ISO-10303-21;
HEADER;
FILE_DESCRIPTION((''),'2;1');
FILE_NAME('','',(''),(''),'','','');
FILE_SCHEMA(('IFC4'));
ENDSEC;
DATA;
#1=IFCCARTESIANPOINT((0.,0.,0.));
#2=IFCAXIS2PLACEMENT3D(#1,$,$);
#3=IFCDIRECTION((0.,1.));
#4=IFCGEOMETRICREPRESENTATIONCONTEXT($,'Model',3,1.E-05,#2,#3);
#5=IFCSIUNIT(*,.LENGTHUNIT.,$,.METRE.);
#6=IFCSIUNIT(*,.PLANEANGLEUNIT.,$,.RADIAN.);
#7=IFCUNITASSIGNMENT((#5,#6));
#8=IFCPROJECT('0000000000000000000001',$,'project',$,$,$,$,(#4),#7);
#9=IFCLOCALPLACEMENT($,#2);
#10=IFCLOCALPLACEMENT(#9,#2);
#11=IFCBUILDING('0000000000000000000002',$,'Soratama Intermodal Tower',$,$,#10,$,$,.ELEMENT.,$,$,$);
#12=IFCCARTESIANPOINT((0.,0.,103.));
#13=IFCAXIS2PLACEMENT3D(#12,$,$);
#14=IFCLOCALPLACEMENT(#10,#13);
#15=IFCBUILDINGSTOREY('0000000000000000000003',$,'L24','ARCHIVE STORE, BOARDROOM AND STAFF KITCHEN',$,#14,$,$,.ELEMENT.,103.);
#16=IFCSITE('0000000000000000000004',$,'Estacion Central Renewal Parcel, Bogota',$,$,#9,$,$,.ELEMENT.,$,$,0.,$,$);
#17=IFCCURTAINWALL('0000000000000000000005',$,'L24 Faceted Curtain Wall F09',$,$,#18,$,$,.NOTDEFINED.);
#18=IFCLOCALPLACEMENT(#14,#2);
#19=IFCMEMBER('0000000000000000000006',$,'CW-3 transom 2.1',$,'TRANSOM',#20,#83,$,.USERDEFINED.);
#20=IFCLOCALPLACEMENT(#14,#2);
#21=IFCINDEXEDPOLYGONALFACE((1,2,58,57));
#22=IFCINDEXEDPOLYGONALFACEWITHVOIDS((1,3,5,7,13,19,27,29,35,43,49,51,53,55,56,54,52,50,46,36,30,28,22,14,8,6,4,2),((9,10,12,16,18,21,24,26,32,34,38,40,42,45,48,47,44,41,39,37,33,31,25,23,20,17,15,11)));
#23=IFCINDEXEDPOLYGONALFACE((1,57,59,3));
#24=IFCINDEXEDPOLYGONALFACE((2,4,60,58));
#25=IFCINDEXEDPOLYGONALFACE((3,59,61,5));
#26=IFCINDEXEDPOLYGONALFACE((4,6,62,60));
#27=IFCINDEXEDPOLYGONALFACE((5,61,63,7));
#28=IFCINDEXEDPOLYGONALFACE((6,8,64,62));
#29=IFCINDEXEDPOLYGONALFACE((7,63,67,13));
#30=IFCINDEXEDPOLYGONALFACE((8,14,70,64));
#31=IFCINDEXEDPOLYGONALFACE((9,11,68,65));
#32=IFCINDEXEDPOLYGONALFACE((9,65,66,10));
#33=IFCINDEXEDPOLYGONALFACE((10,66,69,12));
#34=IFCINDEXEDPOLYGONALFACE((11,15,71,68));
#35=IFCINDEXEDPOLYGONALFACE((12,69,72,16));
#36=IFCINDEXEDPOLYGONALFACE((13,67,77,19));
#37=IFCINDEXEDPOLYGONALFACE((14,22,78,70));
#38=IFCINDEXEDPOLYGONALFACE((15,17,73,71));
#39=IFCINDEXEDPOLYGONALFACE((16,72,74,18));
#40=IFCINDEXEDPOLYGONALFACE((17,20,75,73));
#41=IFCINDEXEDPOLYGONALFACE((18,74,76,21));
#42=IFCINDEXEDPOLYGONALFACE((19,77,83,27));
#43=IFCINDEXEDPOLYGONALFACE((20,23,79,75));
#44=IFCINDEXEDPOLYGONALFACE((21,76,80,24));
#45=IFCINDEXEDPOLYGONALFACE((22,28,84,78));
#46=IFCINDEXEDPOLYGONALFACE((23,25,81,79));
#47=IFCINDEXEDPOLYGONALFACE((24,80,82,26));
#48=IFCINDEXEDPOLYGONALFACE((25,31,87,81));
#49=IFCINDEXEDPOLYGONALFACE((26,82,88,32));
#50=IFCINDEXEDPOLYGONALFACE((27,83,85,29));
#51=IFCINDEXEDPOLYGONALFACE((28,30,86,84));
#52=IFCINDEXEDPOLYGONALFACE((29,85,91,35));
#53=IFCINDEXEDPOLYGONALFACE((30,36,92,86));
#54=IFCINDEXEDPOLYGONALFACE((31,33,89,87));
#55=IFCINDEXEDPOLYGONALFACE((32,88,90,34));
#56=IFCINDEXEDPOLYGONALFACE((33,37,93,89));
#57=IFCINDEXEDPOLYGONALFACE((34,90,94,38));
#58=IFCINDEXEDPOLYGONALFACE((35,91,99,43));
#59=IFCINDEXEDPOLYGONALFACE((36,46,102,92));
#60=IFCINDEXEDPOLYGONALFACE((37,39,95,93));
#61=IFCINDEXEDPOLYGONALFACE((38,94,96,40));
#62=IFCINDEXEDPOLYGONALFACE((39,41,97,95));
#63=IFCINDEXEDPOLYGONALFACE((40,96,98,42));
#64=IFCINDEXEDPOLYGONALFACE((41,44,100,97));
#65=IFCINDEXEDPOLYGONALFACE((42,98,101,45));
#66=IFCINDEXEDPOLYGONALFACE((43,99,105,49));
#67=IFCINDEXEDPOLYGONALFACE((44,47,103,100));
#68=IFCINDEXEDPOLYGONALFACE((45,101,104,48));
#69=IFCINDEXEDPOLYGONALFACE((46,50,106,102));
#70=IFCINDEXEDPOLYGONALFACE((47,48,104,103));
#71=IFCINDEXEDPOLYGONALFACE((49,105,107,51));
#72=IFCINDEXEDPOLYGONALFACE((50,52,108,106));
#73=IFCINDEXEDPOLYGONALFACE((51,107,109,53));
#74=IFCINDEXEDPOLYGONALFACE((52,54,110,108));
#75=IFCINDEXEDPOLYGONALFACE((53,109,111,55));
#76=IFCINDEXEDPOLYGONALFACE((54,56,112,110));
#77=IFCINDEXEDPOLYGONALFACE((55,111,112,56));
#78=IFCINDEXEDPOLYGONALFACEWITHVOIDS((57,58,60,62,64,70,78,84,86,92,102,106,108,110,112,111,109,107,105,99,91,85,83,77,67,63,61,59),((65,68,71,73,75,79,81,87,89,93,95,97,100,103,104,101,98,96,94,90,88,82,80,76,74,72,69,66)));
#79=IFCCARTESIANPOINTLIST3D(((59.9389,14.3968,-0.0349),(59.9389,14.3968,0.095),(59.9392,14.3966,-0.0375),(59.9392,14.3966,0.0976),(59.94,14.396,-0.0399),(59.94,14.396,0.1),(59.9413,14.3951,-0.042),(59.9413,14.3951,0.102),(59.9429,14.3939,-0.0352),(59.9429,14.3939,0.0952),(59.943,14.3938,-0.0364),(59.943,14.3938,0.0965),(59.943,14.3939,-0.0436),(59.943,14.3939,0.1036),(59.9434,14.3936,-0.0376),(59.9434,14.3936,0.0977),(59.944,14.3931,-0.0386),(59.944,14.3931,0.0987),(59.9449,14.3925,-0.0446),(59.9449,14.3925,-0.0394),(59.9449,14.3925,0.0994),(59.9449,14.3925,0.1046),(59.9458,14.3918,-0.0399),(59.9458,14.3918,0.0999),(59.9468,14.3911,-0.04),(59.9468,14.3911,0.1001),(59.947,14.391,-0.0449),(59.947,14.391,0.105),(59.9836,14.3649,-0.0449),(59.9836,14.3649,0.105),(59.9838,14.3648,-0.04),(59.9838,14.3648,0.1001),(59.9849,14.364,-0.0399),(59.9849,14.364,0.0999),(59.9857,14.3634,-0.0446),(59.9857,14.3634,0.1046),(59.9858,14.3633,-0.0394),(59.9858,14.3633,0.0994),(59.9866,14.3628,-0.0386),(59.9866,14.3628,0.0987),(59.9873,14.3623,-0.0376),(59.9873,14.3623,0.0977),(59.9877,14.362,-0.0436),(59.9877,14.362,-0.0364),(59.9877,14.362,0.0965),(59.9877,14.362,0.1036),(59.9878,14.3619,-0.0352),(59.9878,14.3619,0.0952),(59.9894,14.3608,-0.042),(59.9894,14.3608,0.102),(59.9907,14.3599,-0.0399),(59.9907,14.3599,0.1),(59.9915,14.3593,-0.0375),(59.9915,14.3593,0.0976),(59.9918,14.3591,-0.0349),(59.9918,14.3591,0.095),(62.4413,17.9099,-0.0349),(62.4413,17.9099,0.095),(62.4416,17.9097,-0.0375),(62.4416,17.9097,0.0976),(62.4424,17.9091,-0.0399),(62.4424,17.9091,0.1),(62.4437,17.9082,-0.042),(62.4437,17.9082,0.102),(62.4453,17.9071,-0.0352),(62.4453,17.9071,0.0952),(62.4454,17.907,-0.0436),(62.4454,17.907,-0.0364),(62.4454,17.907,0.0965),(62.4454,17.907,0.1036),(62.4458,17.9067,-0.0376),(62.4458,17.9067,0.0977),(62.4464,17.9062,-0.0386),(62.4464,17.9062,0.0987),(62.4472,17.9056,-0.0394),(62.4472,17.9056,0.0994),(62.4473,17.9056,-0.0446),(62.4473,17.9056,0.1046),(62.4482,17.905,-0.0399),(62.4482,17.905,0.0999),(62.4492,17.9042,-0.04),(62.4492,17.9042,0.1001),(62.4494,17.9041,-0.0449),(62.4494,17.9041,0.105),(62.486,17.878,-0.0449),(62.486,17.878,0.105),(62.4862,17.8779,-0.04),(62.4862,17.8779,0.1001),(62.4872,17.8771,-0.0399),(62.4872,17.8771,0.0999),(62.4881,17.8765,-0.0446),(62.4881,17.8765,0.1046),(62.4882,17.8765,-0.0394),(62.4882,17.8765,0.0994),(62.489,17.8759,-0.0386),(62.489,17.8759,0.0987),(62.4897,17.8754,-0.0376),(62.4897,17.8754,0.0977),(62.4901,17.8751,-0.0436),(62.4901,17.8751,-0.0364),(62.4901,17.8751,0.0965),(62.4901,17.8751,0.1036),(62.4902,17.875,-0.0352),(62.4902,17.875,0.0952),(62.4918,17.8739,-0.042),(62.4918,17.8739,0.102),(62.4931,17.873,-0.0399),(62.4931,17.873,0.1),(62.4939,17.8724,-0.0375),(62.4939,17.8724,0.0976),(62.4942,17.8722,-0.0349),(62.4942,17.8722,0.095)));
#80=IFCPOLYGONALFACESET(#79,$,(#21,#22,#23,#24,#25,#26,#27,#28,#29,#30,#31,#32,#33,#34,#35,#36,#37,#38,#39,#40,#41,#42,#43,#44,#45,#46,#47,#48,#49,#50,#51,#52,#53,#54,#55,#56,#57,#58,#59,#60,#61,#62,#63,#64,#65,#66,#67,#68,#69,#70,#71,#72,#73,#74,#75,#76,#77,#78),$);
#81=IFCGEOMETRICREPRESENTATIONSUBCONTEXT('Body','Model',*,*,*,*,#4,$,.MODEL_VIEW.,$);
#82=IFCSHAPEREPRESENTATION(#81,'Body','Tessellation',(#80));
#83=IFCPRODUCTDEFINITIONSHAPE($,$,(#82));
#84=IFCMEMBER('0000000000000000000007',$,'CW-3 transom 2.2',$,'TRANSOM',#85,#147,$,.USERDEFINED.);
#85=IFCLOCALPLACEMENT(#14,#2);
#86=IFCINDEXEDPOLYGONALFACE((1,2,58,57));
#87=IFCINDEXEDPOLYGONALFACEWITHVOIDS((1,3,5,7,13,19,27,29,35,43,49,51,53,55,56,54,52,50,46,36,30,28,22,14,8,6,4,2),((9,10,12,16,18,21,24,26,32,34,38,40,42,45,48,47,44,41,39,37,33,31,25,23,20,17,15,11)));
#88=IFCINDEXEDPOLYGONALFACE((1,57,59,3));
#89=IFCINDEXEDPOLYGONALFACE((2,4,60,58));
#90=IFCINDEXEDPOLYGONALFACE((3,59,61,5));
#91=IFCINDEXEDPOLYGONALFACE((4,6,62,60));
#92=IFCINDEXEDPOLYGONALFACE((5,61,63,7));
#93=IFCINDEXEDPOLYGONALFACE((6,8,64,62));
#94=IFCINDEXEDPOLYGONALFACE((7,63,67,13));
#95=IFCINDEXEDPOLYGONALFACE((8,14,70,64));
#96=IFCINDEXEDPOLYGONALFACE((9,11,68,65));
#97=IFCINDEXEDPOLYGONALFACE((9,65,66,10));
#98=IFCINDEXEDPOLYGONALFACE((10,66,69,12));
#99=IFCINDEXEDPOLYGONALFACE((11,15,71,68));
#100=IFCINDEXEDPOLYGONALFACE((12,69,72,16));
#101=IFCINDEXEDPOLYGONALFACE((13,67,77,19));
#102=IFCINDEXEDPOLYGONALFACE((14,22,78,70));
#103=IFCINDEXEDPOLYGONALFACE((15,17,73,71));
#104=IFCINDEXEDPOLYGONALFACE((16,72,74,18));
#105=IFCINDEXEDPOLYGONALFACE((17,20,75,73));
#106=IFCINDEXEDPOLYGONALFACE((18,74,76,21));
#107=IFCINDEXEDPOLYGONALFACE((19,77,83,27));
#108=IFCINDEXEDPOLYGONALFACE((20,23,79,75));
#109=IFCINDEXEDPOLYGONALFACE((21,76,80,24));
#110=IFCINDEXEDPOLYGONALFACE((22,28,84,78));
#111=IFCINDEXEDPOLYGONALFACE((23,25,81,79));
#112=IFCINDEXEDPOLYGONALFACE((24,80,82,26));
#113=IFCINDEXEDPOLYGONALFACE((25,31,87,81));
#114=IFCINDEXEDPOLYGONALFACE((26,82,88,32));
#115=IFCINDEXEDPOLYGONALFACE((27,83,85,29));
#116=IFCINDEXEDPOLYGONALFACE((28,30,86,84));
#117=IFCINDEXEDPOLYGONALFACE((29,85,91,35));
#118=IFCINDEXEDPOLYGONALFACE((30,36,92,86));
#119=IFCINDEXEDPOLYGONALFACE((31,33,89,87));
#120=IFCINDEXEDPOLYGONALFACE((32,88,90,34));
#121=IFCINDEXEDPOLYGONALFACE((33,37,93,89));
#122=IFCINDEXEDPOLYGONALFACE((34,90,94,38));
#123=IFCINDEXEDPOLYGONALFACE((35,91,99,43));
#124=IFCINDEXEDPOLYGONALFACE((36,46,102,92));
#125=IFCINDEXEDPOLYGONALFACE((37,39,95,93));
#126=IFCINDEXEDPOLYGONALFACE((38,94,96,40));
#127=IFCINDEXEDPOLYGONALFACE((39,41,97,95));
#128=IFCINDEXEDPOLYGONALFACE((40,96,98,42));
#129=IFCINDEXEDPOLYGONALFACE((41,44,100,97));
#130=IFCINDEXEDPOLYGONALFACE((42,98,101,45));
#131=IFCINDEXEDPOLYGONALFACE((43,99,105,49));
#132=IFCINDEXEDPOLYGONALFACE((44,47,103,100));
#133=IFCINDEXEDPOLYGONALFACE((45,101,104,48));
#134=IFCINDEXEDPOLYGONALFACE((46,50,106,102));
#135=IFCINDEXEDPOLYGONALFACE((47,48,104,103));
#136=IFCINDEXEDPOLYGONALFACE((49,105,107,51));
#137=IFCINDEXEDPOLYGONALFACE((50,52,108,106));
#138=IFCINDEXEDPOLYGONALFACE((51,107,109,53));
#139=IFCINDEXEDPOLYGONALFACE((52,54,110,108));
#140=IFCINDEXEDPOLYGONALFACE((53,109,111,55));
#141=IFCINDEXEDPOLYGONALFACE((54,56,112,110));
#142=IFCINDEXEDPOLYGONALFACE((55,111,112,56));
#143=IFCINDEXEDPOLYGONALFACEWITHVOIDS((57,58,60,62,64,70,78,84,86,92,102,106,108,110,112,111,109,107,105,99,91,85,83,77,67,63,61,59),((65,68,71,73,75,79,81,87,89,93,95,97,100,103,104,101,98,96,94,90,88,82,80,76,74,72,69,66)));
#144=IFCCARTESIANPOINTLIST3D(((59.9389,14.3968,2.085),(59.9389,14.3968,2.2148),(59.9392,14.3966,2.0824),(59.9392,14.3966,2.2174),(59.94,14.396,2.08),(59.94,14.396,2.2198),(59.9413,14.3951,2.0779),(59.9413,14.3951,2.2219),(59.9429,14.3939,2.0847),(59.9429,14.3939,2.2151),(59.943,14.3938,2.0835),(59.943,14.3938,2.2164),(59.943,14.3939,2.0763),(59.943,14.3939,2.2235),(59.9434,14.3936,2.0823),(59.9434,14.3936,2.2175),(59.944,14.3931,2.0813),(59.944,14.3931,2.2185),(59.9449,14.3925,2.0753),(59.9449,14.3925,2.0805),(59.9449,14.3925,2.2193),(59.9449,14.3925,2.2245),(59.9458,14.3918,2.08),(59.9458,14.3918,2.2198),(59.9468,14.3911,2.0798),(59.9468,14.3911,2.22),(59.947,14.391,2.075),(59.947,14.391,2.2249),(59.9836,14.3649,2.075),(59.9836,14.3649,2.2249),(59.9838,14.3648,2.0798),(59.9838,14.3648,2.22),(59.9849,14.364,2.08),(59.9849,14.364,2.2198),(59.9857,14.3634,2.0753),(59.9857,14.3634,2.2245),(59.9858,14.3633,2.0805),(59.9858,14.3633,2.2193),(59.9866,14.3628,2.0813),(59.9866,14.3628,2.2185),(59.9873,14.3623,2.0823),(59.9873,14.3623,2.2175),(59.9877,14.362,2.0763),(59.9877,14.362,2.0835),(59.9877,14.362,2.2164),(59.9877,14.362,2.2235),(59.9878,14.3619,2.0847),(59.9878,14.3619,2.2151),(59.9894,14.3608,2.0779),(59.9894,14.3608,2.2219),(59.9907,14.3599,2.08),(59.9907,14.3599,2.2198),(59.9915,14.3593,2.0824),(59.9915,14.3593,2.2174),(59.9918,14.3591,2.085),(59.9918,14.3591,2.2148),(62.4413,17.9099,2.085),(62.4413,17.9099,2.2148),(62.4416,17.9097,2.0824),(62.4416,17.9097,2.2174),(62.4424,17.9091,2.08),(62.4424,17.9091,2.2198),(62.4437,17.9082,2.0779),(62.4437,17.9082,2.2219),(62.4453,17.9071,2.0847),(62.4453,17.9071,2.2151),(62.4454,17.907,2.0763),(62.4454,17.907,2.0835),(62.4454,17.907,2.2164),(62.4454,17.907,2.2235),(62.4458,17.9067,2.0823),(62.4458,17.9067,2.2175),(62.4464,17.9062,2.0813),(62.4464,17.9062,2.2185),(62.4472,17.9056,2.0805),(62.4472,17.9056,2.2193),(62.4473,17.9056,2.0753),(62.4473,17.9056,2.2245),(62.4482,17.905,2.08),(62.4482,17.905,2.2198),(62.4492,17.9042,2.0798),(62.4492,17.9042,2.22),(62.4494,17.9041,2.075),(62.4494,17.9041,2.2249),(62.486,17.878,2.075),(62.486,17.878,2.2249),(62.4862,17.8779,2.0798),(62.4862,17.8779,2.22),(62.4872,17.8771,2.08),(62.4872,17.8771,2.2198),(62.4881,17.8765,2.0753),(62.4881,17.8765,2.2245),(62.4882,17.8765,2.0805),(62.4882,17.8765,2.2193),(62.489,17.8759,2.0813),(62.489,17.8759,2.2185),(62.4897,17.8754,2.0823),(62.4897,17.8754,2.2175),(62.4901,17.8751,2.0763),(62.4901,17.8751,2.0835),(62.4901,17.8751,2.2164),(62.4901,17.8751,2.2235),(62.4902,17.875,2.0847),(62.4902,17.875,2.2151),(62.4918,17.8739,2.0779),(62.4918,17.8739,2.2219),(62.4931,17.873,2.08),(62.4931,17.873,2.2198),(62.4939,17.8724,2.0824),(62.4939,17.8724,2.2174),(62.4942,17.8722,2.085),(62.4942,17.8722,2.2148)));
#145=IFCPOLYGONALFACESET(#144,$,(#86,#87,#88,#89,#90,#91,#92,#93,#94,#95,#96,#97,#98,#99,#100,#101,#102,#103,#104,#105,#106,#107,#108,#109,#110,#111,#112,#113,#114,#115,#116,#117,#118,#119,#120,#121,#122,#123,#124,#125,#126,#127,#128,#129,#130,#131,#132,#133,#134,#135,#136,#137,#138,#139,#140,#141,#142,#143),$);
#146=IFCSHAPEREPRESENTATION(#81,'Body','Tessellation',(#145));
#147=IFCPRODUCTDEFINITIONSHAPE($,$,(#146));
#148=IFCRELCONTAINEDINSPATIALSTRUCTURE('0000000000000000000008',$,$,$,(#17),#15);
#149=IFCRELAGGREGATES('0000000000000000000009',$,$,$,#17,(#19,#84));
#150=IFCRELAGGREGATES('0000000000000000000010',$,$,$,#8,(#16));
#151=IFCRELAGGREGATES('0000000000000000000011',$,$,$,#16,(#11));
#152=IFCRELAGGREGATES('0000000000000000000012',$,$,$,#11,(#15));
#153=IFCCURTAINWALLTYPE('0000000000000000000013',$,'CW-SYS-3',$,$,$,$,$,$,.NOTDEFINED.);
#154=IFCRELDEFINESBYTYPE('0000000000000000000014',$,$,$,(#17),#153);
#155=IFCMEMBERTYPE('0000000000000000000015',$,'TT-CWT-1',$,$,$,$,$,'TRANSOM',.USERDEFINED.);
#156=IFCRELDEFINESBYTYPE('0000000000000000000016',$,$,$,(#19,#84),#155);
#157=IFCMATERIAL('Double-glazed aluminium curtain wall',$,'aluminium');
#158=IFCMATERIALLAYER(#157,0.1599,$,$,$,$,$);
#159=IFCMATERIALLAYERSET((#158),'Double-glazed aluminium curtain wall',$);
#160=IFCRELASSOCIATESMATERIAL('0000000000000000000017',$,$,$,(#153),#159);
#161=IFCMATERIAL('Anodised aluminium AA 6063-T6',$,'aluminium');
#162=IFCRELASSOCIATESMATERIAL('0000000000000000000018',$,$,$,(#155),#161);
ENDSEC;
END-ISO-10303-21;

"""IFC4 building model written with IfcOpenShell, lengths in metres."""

from ifc_helpers import new_model, si_unit, direction, frame, origin, origin_2d, place, context, subcontext, project, spatial, hollow_rectangle, extrude, material, layer, layer_set, material_profile, profile_set, type_object, element, aggregate, save


model = new_model("IFC4")

# Units and contexts
model_context = context("Model", 3, precision=1e-05, world=origin(), true_north=direction((0.0, 1.0)))
body_context = subcontext(model_context, "Body", "Model", "MODEL_VIEW")
ifc_project = project(units=[si_unit("LENGTHUNIT", "METRE"), si_unit("PLANEANGLEUNIT", "RADIAN")], contexts=[model_context])

# Site, building, storey
site_placement = place(None, origin())
site = spatial("IfcSite", under=ifc_project, at=site_placement, Name="Estacion Central Renewal Parcel, Bogota", CompositionType="ELEMENT", RefElevation=0.0)
building_placement = place(site_placement, origin())
building = spatial("IfcBuilding", under=site, at=building_placement, Name="Soratama Intermodal Tower", CompositionType="ELEMENT")
storey_placement = place(building_placement, frame((0.0, 0.0, 103.0)))
storey = spatial("IfcBuildingStorey", under=building, at=storey_placement, Name="L24", Description="ARCHIVE STORE, BOARDROOM AND STAFF KITCHEN", CompositionType="ELEMENT", Elevation=103.0)

# Curtain wall, members
ifc_material_1 = material(Name="Double-glazed aluminium curtain wall", Category="aluminium")
ifc_layer_1 = layer(ifc_material_1, 0.1599)
ifc_layer_set_1 = layer_set([ifc_layer_1], Name="Double-glazed aluminium curtain wall")
curtain_wall_type = type_object("IfcCurtainWallType", Name="CW-SYS-3", PredefinedType="NOTDEFINED", material=ifc_layer_set_1)
curtain_wall_placement = place(storey_placement, origin())
curtain_wall = element("IfcCurtainWall", 1, at=curtain_wall_placement, inside=storey, type_object=curtain_wall_type, Name="L24 Faceted Curtain Wall F09", PredefinedType="NOTDEFINED")
ifc_material_2 = material(Name="Anodised aluminium AA 6063-T6", Category="aluminium")
ifc_material_profile_1 = material_profile(ifc_material_2, hollow_rectangle(XDim=0.0649, YDim=0.1499, WallThickness=0.0049, InnerFilletRadius=0.0049, OuterFilletRadius=0.01, at=origin_2d()), Name="CWT150X65X5")
ifc_profile_set_1 = profile_set([ifc_material_profile_1], Name="Anodised aluminium AA 6063-T6")
member_type_1 = type_object("IfcMemberType", Name="TT-CWT-1", ElementType="TRANSOM", PredefinedType="USERDEFINED", material=ifc_profile_set_1)
member_1_placement = place(storey_placement, frame((59.9653, 14.3779, 0.03), z_axis=(0.580167, 0.814498, 0.0), x_axis=(-0.814498, 0.580167, 0.0)))
member_1 = element("IfcMember", 2, at=member_1_placement, type_object=member_type_1, Name="CW-3 transom 2.1", ObjectType="TRANSOM", PredefinedType="USERDEFINED", context=body_context, shape_type="SweptSolid", body=[
    extrude(hollow_rectangle(XDim=0.0649, YDim=0.1499, WallThickness=0.0049, InnerFilletRadius=0.0049, OuterFilletRadius=0.01, at=origin_2d()), origin(), (0.0, 0.0, 1.0), 4.3132),
])
member_2_placement = place(storey_placement, frame((59.9653, 14.3779, 2.1499), z_axis=(0.580167, 0.814498, 0.0), x_axis=(-0.814498, 0.580167, 0.0)))
member_2 = element("IfcMember", 3, at=member_2_placement, type_object=member_type_1, Name="CW-3 transom 2.2", ObjectType="TRANSOM", PredefinedType="USERDEFINED", context=body_context, shape_type="SweptSolid", body=[
    extrude(hollow_rectangle(XDim=0.0649, YDim=0.1499, WallThickness=0.0049, InnerFilletRadius=0.0049, OuterFilletRadius=0.01, at=origin_2d()), origin(), (0.0, 0.0, 1.0), 4.3132),
])
aggregate(curtain_wall, [member_1, member_2])

save(model, "model.ifc")
